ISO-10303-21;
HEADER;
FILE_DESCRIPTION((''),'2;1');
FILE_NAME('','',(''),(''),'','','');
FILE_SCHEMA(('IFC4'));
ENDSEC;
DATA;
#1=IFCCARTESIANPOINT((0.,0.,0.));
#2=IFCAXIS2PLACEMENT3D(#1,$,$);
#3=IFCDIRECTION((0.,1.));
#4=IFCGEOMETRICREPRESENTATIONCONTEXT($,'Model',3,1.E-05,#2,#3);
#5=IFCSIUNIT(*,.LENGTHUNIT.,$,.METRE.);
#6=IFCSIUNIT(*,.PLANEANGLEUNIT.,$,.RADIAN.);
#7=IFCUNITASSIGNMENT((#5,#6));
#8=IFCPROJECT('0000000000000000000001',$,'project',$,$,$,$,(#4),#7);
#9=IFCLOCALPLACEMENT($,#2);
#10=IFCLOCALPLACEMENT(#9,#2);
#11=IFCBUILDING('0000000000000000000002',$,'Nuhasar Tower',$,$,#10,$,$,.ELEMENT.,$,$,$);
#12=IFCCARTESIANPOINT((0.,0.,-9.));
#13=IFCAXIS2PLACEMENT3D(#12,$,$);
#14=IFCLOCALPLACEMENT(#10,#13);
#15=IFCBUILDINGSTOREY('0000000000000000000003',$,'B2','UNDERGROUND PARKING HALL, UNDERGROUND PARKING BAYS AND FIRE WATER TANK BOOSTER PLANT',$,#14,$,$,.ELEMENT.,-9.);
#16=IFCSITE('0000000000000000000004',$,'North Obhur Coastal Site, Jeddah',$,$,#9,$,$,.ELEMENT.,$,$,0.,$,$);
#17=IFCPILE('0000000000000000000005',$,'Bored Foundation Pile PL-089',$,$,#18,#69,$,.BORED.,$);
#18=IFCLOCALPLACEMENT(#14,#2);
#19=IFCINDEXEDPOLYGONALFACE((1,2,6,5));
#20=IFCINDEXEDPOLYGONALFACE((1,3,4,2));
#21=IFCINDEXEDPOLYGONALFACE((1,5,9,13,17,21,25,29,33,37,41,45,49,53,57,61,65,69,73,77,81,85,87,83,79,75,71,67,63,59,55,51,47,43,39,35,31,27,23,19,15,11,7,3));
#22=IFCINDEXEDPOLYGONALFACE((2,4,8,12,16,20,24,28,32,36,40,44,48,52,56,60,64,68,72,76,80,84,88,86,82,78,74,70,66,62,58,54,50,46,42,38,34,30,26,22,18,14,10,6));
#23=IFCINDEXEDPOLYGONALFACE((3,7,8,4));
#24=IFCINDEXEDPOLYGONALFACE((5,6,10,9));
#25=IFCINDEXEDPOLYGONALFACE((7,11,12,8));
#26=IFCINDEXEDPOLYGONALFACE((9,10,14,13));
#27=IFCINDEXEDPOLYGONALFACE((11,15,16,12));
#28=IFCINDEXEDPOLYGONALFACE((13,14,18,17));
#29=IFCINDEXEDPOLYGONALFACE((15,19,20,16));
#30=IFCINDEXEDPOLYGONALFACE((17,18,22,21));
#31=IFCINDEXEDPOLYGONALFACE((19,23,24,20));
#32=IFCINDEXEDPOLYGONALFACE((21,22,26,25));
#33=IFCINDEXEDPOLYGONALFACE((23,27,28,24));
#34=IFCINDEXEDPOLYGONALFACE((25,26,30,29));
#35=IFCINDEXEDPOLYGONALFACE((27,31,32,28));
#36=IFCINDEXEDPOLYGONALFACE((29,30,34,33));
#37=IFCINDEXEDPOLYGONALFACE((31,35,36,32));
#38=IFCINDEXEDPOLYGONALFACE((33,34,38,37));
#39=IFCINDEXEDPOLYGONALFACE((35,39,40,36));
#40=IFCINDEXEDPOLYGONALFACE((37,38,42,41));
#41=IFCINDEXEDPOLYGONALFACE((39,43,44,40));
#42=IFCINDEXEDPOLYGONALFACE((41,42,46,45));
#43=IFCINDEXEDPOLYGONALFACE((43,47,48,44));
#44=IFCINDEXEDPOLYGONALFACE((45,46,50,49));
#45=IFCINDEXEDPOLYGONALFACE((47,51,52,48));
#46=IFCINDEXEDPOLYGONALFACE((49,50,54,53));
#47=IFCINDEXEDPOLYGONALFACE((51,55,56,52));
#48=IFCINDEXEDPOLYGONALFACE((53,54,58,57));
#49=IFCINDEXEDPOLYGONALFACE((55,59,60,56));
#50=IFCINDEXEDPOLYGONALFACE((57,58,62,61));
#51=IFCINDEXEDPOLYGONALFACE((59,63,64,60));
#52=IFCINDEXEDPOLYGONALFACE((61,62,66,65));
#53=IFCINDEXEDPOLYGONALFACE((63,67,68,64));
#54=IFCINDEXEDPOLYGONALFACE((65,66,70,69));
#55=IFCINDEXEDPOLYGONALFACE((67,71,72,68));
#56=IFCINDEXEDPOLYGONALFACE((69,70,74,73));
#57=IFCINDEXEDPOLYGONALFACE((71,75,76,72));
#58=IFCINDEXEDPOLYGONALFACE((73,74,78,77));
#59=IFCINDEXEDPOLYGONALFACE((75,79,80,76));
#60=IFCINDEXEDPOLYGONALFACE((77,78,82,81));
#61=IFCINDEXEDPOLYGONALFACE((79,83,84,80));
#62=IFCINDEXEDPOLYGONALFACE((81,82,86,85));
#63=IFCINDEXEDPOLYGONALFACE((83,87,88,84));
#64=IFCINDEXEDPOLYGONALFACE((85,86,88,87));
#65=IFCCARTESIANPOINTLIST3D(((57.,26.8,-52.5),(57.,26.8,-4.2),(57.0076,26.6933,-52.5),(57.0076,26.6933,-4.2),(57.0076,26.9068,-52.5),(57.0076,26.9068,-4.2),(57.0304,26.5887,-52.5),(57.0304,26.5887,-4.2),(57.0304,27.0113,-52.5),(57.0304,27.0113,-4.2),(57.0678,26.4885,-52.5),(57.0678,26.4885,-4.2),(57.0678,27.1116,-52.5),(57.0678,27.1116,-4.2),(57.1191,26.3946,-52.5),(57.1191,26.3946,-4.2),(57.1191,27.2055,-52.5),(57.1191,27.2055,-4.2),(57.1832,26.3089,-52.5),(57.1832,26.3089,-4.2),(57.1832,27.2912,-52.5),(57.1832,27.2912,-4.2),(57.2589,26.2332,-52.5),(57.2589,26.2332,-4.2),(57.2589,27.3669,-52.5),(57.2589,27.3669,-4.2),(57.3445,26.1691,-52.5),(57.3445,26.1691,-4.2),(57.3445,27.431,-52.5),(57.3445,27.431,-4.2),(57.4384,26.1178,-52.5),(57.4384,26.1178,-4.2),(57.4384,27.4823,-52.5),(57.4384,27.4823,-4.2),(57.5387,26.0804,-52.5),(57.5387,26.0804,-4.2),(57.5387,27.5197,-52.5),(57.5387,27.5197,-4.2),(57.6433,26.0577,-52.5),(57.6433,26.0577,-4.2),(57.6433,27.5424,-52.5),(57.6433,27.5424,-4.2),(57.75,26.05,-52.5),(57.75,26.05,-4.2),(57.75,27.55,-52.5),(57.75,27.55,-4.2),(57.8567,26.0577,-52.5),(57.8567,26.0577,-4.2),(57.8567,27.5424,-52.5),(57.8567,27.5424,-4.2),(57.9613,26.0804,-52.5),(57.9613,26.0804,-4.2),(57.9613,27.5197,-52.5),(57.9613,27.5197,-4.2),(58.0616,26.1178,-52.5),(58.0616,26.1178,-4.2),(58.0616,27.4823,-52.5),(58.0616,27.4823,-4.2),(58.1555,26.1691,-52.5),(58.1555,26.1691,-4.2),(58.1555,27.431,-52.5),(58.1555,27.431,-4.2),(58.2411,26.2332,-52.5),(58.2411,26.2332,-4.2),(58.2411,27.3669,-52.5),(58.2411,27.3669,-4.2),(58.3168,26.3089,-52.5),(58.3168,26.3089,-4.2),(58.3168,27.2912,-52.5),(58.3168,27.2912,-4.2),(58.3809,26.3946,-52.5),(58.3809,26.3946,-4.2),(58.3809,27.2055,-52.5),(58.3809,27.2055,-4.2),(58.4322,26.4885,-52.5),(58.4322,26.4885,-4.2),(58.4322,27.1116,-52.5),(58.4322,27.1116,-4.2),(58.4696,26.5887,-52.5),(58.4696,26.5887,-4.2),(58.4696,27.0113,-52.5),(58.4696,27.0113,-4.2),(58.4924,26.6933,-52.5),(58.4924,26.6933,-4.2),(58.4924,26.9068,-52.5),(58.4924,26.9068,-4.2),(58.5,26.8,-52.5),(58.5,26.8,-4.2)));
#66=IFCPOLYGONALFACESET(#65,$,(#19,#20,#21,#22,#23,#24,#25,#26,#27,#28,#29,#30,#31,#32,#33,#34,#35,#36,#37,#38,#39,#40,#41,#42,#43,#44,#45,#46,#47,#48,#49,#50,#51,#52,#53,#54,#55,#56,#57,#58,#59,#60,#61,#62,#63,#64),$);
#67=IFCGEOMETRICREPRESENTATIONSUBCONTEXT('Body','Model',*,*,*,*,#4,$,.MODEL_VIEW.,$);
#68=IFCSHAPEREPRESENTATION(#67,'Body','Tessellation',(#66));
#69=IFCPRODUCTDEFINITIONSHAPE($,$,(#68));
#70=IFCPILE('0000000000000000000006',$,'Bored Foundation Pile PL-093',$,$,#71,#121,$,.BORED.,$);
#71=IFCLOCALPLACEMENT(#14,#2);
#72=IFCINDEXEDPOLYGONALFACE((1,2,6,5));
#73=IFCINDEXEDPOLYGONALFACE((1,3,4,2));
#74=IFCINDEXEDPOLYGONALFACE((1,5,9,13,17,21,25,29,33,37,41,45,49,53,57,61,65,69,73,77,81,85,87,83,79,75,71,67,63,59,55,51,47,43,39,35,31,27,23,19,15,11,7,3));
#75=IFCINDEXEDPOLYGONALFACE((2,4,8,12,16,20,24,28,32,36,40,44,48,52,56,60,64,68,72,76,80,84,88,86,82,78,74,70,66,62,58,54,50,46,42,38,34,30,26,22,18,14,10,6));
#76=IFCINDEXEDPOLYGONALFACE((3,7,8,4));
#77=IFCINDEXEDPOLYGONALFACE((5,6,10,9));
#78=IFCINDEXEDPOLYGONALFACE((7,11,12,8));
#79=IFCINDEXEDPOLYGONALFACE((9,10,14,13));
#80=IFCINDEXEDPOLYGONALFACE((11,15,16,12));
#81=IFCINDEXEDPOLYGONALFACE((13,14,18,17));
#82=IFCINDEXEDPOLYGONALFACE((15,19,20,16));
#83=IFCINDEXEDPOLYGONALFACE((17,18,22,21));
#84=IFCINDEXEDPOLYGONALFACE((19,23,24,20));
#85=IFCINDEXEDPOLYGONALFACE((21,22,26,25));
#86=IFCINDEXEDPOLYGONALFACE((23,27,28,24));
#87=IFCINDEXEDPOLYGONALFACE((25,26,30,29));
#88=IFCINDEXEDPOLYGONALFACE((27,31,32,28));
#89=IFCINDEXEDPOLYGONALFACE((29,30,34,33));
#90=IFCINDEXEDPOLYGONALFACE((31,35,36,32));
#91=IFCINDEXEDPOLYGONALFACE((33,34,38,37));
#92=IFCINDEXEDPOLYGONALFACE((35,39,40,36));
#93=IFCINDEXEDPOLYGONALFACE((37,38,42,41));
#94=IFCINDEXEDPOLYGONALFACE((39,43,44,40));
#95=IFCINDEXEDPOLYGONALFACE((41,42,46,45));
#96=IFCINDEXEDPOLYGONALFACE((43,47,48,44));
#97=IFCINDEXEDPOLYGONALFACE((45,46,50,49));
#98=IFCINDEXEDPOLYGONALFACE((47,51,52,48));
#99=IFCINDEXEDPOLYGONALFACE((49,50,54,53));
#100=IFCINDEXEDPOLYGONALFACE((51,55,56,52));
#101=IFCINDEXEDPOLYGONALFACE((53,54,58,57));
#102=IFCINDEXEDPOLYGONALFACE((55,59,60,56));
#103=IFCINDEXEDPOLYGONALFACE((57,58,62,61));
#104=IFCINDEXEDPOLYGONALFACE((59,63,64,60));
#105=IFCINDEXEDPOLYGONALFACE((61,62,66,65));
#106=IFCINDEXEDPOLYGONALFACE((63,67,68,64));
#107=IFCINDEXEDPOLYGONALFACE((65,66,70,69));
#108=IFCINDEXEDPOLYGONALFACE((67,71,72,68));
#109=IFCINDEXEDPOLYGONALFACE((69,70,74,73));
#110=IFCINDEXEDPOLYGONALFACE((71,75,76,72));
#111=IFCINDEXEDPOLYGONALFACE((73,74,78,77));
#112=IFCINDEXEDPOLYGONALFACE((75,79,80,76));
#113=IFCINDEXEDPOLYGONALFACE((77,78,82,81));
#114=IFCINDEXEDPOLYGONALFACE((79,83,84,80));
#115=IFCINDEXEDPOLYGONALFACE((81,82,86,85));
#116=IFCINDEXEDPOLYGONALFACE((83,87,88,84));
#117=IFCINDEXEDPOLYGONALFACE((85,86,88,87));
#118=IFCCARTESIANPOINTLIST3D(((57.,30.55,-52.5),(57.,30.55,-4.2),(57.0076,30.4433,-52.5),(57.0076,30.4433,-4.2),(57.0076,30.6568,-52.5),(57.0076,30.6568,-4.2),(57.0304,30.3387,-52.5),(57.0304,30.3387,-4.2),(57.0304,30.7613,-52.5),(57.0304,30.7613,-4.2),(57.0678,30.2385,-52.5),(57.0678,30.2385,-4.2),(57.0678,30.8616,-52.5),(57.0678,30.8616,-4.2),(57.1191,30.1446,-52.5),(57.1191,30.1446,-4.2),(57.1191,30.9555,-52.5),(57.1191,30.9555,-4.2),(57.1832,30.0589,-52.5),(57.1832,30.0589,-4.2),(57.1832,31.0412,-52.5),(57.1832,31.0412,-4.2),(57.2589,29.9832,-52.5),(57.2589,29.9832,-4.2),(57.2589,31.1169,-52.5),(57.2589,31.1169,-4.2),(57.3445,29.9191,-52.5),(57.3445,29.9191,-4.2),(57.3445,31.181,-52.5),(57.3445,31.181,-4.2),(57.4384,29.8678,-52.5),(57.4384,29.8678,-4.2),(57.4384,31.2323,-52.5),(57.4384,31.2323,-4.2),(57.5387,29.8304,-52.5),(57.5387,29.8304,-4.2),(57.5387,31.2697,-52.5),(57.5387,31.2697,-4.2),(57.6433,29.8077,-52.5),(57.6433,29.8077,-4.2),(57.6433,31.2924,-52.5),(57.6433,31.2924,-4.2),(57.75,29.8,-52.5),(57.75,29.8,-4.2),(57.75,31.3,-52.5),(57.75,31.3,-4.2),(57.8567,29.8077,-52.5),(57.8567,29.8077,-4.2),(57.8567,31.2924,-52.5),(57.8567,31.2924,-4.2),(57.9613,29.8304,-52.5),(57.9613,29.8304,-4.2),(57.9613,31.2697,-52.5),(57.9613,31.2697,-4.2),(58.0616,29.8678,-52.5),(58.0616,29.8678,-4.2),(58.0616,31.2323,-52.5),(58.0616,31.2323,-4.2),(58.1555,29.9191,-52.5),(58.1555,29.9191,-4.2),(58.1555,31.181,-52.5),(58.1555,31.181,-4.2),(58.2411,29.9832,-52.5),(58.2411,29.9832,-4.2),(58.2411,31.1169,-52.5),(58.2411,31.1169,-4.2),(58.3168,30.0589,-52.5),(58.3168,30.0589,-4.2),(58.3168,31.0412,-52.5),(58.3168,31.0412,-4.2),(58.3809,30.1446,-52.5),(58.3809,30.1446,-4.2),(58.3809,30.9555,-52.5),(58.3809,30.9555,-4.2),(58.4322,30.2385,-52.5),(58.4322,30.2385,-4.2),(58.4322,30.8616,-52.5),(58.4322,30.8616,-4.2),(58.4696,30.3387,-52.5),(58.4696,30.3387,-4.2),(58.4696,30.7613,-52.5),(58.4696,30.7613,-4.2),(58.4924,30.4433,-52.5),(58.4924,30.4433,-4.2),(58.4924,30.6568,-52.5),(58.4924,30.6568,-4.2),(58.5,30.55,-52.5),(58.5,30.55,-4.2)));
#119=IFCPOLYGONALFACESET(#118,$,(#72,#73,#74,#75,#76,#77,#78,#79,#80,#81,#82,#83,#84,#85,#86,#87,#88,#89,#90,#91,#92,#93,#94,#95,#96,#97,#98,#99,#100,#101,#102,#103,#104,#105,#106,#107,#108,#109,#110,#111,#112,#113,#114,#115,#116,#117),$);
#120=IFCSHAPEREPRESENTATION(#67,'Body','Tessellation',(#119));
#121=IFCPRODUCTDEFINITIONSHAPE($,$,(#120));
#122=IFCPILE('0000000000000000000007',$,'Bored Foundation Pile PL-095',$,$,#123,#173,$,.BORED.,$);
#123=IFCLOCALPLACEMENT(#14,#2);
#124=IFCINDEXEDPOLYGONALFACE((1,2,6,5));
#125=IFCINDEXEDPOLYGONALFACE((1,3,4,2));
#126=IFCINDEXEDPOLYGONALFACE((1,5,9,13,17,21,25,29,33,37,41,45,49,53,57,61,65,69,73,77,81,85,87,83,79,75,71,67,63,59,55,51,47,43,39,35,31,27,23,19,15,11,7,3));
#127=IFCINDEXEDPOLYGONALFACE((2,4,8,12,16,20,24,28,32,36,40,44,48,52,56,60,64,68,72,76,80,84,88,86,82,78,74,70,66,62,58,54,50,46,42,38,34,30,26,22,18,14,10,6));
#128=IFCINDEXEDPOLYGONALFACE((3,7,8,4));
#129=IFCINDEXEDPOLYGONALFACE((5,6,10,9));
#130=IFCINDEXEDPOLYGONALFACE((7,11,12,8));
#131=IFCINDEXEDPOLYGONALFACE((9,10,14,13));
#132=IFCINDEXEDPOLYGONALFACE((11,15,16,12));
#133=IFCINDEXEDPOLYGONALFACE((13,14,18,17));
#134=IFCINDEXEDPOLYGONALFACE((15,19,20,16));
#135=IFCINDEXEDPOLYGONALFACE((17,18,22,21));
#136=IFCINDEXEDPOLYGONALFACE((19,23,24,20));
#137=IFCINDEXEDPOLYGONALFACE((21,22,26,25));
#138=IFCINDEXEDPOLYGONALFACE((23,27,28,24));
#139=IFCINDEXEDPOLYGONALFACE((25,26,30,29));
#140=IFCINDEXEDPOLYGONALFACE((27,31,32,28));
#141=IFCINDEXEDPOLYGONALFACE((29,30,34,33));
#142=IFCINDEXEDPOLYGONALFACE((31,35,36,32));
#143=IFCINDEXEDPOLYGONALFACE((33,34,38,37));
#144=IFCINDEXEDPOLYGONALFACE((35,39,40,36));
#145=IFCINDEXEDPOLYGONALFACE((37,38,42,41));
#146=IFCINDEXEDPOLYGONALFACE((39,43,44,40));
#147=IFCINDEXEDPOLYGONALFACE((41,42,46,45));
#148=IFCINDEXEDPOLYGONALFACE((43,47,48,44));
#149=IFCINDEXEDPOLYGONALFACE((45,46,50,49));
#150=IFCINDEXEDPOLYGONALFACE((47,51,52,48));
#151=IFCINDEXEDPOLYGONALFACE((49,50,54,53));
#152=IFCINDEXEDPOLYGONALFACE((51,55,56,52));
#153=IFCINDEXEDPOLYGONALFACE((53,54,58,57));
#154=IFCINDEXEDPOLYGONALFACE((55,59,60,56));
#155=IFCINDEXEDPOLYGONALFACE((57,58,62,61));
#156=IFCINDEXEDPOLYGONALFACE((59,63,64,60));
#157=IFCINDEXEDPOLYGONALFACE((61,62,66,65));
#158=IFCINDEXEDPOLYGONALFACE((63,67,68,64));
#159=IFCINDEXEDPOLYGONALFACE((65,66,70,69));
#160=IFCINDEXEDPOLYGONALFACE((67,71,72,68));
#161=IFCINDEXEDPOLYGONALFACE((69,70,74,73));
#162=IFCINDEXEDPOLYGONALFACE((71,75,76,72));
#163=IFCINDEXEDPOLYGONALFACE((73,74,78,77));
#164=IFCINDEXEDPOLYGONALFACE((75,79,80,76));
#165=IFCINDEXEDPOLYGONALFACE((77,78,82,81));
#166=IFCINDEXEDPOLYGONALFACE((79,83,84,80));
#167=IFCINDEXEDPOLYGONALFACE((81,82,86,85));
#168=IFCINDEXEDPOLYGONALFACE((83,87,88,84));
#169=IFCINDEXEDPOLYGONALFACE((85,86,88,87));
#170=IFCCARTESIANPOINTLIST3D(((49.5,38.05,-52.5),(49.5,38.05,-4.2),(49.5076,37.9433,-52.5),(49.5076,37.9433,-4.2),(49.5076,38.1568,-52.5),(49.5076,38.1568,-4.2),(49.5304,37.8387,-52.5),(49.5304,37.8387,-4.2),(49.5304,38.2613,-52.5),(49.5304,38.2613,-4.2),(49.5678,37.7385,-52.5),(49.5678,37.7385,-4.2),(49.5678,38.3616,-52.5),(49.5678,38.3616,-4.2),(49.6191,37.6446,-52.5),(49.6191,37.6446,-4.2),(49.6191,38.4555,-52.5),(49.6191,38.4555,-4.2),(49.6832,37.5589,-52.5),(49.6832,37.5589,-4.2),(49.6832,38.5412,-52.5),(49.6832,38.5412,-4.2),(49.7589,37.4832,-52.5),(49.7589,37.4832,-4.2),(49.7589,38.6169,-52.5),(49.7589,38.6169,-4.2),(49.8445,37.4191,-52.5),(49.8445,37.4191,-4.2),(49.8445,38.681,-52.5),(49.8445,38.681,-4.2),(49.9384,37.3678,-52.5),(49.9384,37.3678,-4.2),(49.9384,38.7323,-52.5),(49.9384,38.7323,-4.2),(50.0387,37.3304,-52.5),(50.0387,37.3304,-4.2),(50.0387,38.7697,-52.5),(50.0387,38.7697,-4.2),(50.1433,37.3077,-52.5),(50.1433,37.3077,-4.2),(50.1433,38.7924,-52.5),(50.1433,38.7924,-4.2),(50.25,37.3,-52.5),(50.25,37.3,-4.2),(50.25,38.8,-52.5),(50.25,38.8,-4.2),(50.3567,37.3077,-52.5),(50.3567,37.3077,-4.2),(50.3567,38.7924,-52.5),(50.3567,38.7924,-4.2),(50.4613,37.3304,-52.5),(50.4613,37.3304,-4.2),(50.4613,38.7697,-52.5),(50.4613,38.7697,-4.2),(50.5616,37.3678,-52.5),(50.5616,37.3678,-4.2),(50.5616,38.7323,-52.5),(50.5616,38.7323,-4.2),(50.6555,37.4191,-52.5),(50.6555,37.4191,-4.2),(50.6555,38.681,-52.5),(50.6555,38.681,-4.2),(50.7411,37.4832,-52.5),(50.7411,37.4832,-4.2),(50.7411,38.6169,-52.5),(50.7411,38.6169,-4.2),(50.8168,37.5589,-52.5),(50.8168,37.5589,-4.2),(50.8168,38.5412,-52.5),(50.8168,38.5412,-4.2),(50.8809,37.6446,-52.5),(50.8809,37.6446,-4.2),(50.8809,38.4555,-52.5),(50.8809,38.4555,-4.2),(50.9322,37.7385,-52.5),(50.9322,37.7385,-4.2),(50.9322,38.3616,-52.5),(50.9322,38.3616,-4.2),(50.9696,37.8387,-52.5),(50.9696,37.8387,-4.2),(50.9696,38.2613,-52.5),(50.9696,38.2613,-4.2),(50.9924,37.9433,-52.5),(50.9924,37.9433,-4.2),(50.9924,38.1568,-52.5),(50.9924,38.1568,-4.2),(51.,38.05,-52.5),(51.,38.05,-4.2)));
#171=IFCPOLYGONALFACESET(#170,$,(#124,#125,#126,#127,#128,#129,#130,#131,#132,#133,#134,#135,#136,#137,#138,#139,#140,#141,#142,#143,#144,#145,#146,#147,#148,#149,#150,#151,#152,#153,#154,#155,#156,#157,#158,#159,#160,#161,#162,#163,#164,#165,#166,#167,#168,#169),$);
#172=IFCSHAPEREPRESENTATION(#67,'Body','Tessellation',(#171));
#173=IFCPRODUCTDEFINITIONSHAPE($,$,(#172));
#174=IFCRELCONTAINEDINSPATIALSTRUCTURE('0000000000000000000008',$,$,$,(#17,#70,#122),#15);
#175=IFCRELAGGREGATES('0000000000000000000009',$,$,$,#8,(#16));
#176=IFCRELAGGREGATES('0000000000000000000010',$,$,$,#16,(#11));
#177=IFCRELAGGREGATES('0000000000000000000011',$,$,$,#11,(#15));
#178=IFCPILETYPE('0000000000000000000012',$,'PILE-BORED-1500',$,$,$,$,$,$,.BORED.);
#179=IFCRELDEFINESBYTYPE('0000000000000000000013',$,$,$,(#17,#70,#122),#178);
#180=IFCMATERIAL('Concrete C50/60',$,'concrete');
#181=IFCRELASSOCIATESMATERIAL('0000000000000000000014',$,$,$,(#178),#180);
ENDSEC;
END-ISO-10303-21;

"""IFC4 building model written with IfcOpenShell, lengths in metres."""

from ifc_helpers import new_model, si_unit, direction, frame, origin, origin_2d, place, context, subcontext, project, spatial, circle, extrude, material, material_profile, profile_set, type_object, element, save


model = new_model("IFC4")

# Units and contexts
model_context = context("Model", 3, precision=1e-05, world=origin(), true_north=direction((0.0, 1.0)))
body_context = subcontext(model_context, "Body", "Model", "MODEL_VIEW")
ifc_project = project(units=[si_unit("LENGTHUNIT", "METRE"), si_unit("PLANEANGLEUNIT", "RADIAN")], contexts=[model_context])

# Site, building, storey
site_placement = place(None, origin())
site = spatial("IfcSite", under=ifc_project, at=site_placement, Name="North Obhur Coastal Site, Jeddah", CompositionType="ELEMENT", RefElevation=0.0)
building_placement = place(site_placement, origin())
building = spatial("IfcBuilding", under=site, at=building_placement, Name="Nuhasar Tower", CompositionType="ELEMENT")
storey_placement = place(building_placement, frame((0.0, 0.0, -9.0)))
storey = spatial("IfcBuildingStorey", under=building, at=storey_placement, Name="B2", Description="UNDERGROUND PARKING HALL, UNDERGROUND PARKING BAYS AND FIRE WATER TANK BOOSTER PLANT", CompositionType="ELEMENT", Elevation=-9.0)

# Piles
ifc_material_1 = material(Name="Concrete C50/60", Category="concrete")
ifc_material_profile_1 = material_profile(ifc_material_1, circle(Radius=0.75, at=origin_2d()), Name="PILE1500")
ifc_profile_set_1 = profile_set([ifc_material_profile_1], Name="Concrete C50/60")
pile_type = type_object("IfcPileType", Name="PILE-BORED-1500", PredefinedType="BORED", material=ifc_profile_set_1)
for number, where, z_axis, x_axis, name in (
    (1, (57.75, 26.8, -4.2), (0.0, 0.0, -1.0), (1.0, 0.0, 0.0), "Bored Foundation Pile PL-089"),
    (2, (57.75, 30.55, -4.2), (0.0, 0.0, -1.0), (1.0, 0.0, 0.0), "Bored Foundation Pile PL-093"),
    (3, (50.25, 38.05, -4.2), (0.0, 0.0, -1.0), (1.0, 0.0, 0.0), "Bored Foundation Pile PL-095"),
):
    element("IfcPile", number, at=place(storey_placement, frame(where, z_axis=z_axis, x_axis=x_axis)), inside=storey, type_object=pile_type, Name=name, PredefinedType="BORED", context=body_context, shape_type="SweptSolid", body=[
        extrude(circle(Radius=0.75, at=origin_2d()), origin(), (0.0, 0.0, 1.0), 48.3),
    ])

save(model, "model.ifc")
